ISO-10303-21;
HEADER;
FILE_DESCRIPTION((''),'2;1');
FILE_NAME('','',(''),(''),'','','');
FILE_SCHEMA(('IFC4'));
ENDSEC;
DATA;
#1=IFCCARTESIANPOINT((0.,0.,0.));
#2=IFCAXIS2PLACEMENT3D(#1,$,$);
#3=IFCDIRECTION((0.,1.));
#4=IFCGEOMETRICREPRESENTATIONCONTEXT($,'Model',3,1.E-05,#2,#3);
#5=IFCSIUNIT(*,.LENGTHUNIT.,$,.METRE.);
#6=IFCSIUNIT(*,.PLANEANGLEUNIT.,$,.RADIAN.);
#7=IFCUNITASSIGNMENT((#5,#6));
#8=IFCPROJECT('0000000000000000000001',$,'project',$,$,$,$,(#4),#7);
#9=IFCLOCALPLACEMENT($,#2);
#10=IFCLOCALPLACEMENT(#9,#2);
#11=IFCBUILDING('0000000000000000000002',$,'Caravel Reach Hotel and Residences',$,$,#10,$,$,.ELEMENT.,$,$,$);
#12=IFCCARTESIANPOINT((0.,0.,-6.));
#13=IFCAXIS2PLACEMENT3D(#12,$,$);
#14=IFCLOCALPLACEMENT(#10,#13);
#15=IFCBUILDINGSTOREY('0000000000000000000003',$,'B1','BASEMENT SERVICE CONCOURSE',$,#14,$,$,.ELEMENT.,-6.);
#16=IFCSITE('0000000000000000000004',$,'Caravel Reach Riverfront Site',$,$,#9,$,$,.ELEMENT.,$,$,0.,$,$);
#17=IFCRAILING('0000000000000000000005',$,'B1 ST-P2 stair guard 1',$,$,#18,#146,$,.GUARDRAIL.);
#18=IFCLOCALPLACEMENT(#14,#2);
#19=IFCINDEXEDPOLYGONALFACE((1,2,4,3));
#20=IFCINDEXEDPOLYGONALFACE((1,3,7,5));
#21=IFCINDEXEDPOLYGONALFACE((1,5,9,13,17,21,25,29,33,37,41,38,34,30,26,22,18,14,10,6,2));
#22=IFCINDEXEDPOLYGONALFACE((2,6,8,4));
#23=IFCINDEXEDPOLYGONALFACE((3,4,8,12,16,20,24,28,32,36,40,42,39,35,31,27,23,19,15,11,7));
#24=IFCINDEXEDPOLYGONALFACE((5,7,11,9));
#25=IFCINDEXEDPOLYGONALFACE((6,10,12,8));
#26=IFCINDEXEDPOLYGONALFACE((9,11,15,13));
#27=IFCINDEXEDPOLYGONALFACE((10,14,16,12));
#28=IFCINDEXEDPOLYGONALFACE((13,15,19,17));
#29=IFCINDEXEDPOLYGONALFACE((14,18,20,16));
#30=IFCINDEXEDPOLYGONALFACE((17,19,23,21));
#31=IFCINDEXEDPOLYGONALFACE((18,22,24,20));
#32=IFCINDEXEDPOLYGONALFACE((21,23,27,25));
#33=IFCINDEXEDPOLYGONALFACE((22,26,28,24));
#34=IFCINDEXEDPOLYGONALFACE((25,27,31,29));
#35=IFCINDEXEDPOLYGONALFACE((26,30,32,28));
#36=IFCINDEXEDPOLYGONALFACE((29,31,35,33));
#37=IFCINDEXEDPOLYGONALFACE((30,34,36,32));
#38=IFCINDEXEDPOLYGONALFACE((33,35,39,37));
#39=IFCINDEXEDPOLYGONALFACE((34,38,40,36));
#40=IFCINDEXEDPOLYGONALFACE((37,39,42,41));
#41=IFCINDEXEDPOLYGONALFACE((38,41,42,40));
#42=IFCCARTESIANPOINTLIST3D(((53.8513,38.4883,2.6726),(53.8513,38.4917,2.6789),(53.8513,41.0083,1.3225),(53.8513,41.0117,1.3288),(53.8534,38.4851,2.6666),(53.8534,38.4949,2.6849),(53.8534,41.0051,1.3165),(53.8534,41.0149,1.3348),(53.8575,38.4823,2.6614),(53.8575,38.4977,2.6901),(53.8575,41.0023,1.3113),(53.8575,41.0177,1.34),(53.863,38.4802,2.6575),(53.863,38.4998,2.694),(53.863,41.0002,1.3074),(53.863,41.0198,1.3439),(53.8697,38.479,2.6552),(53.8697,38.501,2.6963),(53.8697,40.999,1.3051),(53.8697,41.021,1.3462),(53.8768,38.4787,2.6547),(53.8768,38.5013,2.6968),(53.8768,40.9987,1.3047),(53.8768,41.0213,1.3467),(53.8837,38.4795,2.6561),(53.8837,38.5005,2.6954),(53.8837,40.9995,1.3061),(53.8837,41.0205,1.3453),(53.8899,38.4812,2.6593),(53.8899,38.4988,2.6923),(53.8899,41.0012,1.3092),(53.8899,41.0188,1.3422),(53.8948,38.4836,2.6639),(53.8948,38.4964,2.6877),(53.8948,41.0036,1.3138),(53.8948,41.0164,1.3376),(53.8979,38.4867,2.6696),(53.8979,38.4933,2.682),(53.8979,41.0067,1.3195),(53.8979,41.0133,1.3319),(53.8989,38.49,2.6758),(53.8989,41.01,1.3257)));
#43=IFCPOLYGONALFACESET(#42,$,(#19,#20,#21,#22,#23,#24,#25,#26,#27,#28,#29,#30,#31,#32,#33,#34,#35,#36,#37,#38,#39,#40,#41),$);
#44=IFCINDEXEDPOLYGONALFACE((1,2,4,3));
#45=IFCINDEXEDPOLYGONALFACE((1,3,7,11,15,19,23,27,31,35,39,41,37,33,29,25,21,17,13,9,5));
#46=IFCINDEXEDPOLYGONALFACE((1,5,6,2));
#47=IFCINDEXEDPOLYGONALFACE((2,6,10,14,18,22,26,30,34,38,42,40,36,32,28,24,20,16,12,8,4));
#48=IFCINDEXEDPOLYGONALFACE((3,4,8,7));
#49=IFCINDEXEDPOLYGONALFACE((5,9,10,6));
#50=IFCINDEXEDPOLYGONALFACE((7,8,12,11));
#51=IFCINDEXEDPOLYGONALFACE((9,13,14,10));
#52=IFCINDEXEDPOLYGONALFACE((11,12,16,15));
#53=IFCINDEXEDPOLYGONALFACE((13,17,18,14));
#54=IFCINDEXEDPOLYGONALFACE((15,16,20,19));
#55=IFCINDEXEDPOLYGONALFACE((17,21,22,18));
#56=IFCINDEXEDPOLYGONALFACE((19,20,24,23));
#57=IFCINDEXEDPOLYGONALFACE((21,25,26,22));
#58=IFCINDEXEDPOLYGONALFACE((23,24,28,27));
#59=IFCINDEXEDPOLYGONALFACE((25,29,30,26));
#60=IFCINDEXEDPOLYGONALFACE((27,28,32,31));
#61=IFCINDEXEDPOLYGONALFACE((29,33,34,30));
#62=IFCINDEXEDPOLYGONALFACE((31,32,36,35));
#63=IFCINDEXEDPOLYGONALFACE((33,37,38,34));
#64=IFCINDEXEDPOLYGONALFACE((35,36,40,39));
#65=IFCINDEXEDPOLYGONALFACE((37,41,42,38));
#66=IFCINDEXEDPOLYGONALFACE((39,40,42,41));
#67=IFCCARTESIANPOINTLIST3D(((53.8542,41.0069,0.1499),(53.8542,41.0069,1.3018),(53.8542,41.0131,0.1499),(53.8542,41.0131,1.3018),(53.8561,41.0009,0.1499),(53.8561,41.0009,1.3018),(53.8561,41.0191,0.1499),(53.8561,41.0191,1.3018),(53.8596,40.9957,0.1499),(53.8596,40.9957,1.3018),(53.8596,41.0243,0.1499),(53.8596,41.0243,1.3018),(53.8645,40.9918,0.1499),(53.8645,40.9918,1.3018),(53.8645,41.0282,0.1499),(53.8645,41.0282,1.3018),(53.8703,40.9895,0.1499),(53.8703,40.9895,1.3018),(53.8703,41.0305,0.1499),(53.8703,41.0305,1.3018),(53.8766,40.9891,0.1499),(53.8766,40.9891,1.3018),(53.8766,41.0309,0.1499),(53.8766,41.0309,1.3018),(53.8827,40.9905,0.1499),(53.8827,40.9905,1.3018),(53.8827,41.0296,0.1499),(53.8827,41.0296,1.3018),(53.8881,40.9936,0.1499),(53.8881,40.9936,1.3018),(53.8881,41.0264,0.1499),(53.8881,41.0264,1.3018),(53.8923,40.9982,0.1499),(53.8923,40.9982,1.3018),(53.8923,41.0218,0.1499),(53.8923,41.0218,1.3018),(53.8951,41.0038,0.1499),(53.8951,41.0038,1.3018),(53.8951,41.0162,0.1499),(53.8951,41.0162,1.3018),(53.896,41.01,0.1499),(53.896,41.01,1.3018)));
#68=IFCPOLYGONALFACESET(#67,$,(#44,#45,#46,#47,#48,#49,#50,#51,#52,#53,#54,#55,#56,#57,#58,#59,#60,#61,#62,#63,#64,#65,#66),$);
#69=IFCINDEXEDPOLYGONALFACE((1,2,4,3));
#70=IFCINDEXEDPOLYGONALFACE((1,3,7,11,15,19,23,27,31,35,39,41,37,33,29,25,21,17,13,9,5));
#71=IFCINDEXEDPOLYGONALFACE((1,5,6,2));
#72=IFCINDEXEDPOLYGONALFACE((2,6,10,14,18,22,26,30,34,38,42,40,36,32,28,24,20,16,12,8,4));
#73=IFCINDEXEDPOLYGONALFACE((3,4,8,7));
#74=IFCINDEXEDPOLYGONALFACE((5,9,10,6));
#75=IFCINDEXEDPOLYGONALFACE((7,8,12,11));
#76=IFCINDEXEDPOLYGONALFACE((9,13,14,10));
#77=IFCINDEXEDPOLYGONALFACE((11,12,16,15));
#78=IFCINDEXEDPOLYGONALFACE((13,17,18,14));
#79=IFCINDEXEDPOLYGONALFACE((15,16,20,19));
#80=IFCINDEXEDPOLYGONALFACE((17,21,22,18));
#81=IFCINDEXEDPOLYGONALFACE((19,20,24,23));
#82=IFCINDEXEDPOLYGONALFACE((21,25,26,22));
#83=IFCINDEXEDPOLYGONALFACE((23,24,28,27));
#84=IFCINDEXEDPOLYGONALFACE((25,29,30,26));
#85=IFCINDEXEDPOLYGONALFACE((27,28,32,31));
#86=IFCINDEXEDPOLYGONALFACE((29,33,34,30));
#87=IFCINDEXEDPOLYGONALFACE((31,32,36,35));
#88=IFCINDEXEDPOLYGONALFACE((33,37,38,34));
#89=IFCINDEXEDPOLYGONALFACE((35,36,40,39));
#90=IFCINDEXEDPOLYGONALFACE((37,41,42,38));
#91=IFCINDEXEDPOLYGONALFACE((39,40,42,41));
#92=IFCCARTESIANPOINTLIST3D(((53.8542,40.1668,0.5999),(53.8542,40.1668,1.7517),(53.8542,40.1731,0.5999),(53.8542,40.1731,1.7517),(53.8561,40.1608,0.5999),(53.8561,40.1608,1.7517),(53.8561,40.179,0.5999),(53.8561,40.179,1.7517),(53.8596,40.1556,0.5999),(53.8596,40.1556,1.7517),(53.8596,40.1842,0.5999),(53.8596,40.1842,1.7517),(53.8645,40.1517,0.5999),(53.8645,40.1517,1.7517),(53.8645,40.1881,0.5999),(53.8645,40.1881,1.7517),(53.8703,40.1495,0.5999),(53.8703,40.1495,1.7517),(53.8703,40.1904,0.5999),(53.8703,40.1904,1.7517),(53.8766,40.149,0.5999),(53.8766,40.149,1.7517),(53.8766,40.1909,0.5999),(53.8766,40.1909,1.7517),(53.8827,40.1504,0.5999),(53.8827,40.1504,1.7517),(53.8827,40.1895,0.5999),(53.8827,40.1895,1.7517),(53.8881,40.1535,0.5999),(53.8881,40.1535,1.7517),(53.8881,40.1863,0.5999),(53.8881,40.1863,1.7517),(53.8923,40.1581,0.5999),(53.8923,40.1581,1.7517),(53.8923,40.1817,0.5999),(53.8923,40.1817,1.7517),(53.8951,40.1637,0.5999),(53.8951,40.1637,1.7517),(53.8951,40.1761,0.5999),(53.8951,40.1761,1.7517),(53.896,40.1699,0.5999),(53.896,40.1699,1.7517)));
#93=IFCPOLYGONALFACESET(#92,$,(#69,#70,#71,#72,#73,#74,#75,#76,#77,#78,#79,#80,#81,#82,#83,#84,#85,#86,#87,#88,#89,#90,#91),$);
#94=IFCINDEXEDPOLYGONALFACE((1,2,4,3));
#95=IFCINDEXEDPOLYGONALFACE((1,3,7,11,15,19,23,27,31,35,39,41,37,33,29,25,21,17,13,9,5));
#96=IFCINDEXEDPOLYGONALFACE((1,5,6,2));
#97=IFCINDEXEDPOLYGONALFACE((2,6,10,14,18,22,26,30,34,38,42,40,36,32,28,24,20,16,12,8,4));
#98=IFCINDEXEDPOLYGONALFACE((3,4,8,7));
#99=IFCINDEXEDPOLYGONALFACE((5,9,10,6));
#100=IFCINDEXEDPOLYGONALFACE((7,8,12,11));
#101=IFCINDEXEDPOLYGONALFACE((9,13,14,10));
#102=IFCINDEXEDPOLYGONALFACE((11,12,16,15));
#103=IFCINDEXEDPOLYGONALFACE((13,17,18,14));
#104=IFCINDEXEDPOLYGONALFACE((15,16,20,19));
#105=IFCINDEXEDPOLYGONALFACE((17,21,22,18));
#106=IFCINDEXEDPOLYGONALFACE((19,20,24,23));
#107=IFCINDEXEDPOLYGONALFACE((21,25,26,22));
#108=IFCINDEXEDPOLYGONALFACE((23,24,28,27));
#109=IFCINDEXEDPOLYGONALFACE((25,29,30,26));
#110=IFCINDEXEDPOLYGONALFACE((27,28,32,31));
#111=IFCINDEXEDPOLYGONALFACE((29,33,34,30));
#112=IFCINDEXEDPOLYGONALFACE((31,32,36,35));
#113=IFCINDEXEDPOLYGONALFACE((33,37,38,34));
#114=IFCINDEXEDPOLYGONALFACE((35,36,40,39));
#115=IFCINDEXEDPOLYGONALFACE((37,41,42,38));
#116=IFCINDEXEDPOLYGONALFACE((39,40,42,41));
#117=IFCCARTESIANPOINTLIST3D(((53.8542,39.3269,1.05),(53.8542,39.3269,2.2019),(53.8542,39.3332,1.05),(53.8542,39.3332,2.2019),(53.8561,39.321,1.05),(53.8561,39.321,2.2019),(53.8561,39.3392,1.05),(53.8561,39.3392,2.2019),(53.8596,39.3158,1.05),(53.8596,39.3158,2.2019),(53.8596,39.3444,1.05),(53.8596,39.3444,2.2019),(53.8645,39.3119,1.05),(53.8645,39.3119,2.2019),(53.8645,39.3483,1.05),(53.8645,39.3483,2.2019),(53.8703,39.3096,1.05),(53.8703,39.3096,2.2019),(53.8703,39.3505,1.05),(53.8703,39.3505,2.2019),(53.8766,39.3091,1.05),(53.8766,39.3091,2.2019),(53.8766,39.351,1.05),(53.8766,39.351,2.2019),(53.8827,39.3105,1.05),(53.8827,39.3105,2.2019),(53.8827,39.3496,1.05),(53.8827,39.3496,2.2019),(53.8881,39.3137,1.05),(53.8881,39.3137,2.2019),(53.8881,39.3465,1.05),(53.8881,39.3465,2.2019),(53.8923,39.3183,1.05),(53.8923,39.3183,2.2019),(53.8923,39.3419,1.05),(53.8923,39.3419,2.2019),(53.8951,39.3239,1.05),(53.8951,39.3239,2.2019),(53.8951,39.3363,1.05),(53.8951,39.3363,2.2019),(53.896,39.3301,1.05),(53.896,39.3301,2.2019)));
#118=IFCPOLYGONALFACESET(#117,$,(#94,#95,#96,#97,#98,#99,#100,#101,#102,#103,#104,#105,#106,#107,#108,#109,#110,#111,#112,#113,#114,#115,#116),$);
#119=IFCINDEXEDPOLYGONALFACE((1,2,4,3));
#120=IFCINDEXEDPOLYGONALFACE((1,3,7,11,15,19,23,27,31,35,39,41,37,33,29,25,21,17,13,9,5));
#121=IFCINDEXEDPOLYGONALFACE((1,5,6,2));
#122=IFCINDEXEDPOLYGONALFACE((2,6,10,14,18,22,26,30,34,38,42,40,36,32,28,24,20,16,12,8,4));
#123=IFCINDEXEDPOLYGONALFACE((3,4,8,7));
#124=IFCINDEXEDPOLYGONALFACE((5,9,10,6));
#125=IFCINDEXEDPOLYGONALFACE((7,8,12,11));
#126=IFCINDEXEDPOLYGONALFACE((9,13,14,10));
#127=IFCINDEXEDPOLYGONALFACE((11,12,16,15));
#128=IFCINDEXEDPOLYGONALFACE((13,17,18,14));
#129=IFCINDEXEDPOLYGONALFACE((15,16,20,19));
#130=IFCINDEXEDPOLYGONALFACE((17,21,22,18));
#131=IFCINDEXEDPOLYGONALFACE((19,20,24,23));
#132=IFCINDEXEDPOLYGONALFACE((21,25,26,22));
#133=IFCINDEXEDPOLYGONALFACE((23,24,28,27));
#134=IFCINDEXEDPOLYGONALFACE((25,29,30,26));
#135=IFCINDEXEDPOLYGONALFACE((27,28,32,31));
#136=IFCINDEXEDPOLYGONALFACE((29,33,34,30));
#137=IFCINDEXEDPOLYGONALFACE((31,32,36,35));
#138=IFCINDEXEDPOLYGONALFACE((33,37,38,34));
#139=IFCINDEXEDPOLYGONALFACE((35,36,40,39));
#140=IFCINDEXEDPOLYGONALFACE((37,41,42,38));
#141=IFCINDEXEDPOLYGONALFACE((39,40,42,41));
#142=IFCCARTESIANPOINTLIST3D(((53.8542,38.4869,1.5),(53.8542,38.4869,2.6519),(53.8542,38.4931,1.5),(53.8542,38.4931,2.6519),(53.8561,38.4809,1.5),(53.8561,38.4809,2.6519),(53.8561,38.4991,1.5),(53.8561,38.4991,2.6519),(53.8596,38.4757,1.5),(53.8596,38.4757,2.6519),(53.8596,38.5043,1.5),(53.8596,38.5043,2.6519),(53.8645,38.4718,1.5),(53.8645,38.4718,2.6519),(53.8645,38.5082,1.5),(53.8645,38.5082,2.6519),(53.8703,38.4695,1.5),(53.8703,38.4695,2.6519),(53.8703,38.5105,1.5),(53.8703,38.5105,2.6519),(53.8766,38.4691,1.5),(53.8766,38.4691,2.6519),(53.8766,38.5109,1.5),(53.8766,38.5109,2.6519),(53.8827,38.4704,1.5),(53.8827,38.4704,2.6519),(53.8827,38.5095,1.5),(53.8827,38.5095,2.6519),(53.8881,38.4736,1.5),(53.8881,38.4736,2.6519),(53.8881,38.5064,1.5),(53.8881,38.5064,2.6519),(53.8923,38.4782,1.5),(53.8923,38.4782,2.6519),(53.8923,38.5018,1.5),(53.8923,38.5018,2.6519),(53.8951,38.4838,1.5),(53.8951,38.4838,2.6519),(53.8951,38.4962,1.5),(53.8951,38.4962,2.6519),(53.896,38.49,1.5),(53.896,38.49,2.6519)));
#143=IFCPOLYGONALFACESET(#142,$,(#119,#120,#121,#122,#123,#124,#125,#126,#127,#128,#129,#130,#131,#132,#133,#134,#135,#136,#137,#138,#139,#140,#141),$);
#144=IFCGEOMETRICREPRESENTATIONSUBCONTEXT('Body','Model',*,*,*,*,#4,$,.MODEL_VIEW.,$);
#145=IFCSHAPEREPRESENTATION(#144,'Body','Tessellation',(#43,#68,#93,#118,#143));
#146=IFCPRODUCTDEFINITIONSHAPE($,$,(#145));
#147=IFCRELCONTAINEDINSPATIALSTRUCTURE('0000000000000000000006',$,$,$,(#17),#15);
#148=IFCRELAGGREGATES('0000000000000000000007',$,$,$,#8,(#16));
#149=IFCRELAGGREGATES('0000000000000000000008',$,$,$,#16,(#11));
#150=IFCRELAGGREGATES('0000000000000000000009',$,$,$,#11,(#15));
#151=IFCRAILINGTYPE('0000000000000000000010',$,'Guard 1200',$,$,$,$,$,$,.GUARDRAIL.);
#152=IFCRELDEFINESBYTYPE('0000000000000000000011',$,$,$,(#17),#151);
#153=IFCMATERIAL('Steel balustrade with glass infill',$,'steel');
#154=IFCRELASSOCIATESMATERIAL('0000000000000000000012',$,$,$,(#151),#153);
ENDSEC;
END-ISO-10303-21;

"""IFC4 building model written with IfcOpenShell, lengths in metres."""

from ifc_helpers import new_model, si_unit, direction, frame, origin, origin_2d, place, context, subcontext, project, spatial, circle, extrude, material, type_object, element, save


model = new_model("IFC4")

# Units and contexts
model_context = context("Model", 3, precision=1e-05, world=origin(), true_north=direction((0.0, 1.0)))
body_context = subcontext(model_context, "Body", "Model", "MODEL_VIEW")
ifc_project = project(units=[si_unit("LENGTHUNIT", "METRE"), si_unit("PLANEANGLEUNIT", "RADIAN")], contexts=[model_context])

# Site, building, storey
site_placement = place(None, origin())
site = spatial("IfcSite", under=ifc_project, at=site_placement, Name="Caravel Reach Riverfront Site", CompositionType="ELEMENT", RefElevation=0.0)
building_placement = place(site_placement, origin())
building = spatial("IfcBuilding", under=site, at=building_placement, Name="Caravel Reach Hotel and Residences", CompositionType="ELEMENT")
storey_placement = place(building_placement, frame((0.0, 0.0, -6.0)))
storey = spatial("IfcBuildingStorey", under=building, at=storey_placement, Name="B1", Description="BASEMENT SERVICE CONCOURSE", CompositionType="ELEMENT", Elevation=-6.0)

# Railing
ifc_material_1 = material(Name="Steel balustrade with glass infill", Category="steel")
railing_type_1 = type_object("IfcRailingType", Name="Guard 1200", PredefinedType="GUARDRAIL", material=ifc_material_1)
railing_1_placement = place(storey_placement, frame((53.875, 41.01, 0.1499)))
element("IfcRailing", 1, at=railing_1_placement, inside=storey, type_object=railing_type_1, Name="B1 ST-P2 stair guard 1", PredefinedType="GUARDRAIL", context=body_context, shape_type="SweptSolid", body=[
    extrude(circle(Radius=0.0239, at=origin_2d()), frame((0.0, 0.0, 1.1758), z_axis=(0.0, -0.881467, 0.472245), x_axis=(1.0, 0.0, 0.0)), (0.0, 0.0, 1.0), 2.8589),
    extrude(circle(Radius=0.021, at=origin_2d()), origin(), (0.0, 0.0, 1.0), 1.1519),
    extrude(circle(Radius=0.021, at=origin_2d()), frame((0.0, -0.8401, 0.45)), (0.0, 0.0, 1.0), 1.1519),
    extrude(circle(Radius=0.021, at=origin_2d()), frame((0.0, -1.6799, 0.9001)), (0.0, 0.0, 1.0), 1.1519),
    extrude(circle(Radius=0.021, at=origin_2d()), frame((0.0, -2.52, 1.3501)), (0.0, 0.0, 1.0), 1.1519),
])

save(model, "model.ifc")
